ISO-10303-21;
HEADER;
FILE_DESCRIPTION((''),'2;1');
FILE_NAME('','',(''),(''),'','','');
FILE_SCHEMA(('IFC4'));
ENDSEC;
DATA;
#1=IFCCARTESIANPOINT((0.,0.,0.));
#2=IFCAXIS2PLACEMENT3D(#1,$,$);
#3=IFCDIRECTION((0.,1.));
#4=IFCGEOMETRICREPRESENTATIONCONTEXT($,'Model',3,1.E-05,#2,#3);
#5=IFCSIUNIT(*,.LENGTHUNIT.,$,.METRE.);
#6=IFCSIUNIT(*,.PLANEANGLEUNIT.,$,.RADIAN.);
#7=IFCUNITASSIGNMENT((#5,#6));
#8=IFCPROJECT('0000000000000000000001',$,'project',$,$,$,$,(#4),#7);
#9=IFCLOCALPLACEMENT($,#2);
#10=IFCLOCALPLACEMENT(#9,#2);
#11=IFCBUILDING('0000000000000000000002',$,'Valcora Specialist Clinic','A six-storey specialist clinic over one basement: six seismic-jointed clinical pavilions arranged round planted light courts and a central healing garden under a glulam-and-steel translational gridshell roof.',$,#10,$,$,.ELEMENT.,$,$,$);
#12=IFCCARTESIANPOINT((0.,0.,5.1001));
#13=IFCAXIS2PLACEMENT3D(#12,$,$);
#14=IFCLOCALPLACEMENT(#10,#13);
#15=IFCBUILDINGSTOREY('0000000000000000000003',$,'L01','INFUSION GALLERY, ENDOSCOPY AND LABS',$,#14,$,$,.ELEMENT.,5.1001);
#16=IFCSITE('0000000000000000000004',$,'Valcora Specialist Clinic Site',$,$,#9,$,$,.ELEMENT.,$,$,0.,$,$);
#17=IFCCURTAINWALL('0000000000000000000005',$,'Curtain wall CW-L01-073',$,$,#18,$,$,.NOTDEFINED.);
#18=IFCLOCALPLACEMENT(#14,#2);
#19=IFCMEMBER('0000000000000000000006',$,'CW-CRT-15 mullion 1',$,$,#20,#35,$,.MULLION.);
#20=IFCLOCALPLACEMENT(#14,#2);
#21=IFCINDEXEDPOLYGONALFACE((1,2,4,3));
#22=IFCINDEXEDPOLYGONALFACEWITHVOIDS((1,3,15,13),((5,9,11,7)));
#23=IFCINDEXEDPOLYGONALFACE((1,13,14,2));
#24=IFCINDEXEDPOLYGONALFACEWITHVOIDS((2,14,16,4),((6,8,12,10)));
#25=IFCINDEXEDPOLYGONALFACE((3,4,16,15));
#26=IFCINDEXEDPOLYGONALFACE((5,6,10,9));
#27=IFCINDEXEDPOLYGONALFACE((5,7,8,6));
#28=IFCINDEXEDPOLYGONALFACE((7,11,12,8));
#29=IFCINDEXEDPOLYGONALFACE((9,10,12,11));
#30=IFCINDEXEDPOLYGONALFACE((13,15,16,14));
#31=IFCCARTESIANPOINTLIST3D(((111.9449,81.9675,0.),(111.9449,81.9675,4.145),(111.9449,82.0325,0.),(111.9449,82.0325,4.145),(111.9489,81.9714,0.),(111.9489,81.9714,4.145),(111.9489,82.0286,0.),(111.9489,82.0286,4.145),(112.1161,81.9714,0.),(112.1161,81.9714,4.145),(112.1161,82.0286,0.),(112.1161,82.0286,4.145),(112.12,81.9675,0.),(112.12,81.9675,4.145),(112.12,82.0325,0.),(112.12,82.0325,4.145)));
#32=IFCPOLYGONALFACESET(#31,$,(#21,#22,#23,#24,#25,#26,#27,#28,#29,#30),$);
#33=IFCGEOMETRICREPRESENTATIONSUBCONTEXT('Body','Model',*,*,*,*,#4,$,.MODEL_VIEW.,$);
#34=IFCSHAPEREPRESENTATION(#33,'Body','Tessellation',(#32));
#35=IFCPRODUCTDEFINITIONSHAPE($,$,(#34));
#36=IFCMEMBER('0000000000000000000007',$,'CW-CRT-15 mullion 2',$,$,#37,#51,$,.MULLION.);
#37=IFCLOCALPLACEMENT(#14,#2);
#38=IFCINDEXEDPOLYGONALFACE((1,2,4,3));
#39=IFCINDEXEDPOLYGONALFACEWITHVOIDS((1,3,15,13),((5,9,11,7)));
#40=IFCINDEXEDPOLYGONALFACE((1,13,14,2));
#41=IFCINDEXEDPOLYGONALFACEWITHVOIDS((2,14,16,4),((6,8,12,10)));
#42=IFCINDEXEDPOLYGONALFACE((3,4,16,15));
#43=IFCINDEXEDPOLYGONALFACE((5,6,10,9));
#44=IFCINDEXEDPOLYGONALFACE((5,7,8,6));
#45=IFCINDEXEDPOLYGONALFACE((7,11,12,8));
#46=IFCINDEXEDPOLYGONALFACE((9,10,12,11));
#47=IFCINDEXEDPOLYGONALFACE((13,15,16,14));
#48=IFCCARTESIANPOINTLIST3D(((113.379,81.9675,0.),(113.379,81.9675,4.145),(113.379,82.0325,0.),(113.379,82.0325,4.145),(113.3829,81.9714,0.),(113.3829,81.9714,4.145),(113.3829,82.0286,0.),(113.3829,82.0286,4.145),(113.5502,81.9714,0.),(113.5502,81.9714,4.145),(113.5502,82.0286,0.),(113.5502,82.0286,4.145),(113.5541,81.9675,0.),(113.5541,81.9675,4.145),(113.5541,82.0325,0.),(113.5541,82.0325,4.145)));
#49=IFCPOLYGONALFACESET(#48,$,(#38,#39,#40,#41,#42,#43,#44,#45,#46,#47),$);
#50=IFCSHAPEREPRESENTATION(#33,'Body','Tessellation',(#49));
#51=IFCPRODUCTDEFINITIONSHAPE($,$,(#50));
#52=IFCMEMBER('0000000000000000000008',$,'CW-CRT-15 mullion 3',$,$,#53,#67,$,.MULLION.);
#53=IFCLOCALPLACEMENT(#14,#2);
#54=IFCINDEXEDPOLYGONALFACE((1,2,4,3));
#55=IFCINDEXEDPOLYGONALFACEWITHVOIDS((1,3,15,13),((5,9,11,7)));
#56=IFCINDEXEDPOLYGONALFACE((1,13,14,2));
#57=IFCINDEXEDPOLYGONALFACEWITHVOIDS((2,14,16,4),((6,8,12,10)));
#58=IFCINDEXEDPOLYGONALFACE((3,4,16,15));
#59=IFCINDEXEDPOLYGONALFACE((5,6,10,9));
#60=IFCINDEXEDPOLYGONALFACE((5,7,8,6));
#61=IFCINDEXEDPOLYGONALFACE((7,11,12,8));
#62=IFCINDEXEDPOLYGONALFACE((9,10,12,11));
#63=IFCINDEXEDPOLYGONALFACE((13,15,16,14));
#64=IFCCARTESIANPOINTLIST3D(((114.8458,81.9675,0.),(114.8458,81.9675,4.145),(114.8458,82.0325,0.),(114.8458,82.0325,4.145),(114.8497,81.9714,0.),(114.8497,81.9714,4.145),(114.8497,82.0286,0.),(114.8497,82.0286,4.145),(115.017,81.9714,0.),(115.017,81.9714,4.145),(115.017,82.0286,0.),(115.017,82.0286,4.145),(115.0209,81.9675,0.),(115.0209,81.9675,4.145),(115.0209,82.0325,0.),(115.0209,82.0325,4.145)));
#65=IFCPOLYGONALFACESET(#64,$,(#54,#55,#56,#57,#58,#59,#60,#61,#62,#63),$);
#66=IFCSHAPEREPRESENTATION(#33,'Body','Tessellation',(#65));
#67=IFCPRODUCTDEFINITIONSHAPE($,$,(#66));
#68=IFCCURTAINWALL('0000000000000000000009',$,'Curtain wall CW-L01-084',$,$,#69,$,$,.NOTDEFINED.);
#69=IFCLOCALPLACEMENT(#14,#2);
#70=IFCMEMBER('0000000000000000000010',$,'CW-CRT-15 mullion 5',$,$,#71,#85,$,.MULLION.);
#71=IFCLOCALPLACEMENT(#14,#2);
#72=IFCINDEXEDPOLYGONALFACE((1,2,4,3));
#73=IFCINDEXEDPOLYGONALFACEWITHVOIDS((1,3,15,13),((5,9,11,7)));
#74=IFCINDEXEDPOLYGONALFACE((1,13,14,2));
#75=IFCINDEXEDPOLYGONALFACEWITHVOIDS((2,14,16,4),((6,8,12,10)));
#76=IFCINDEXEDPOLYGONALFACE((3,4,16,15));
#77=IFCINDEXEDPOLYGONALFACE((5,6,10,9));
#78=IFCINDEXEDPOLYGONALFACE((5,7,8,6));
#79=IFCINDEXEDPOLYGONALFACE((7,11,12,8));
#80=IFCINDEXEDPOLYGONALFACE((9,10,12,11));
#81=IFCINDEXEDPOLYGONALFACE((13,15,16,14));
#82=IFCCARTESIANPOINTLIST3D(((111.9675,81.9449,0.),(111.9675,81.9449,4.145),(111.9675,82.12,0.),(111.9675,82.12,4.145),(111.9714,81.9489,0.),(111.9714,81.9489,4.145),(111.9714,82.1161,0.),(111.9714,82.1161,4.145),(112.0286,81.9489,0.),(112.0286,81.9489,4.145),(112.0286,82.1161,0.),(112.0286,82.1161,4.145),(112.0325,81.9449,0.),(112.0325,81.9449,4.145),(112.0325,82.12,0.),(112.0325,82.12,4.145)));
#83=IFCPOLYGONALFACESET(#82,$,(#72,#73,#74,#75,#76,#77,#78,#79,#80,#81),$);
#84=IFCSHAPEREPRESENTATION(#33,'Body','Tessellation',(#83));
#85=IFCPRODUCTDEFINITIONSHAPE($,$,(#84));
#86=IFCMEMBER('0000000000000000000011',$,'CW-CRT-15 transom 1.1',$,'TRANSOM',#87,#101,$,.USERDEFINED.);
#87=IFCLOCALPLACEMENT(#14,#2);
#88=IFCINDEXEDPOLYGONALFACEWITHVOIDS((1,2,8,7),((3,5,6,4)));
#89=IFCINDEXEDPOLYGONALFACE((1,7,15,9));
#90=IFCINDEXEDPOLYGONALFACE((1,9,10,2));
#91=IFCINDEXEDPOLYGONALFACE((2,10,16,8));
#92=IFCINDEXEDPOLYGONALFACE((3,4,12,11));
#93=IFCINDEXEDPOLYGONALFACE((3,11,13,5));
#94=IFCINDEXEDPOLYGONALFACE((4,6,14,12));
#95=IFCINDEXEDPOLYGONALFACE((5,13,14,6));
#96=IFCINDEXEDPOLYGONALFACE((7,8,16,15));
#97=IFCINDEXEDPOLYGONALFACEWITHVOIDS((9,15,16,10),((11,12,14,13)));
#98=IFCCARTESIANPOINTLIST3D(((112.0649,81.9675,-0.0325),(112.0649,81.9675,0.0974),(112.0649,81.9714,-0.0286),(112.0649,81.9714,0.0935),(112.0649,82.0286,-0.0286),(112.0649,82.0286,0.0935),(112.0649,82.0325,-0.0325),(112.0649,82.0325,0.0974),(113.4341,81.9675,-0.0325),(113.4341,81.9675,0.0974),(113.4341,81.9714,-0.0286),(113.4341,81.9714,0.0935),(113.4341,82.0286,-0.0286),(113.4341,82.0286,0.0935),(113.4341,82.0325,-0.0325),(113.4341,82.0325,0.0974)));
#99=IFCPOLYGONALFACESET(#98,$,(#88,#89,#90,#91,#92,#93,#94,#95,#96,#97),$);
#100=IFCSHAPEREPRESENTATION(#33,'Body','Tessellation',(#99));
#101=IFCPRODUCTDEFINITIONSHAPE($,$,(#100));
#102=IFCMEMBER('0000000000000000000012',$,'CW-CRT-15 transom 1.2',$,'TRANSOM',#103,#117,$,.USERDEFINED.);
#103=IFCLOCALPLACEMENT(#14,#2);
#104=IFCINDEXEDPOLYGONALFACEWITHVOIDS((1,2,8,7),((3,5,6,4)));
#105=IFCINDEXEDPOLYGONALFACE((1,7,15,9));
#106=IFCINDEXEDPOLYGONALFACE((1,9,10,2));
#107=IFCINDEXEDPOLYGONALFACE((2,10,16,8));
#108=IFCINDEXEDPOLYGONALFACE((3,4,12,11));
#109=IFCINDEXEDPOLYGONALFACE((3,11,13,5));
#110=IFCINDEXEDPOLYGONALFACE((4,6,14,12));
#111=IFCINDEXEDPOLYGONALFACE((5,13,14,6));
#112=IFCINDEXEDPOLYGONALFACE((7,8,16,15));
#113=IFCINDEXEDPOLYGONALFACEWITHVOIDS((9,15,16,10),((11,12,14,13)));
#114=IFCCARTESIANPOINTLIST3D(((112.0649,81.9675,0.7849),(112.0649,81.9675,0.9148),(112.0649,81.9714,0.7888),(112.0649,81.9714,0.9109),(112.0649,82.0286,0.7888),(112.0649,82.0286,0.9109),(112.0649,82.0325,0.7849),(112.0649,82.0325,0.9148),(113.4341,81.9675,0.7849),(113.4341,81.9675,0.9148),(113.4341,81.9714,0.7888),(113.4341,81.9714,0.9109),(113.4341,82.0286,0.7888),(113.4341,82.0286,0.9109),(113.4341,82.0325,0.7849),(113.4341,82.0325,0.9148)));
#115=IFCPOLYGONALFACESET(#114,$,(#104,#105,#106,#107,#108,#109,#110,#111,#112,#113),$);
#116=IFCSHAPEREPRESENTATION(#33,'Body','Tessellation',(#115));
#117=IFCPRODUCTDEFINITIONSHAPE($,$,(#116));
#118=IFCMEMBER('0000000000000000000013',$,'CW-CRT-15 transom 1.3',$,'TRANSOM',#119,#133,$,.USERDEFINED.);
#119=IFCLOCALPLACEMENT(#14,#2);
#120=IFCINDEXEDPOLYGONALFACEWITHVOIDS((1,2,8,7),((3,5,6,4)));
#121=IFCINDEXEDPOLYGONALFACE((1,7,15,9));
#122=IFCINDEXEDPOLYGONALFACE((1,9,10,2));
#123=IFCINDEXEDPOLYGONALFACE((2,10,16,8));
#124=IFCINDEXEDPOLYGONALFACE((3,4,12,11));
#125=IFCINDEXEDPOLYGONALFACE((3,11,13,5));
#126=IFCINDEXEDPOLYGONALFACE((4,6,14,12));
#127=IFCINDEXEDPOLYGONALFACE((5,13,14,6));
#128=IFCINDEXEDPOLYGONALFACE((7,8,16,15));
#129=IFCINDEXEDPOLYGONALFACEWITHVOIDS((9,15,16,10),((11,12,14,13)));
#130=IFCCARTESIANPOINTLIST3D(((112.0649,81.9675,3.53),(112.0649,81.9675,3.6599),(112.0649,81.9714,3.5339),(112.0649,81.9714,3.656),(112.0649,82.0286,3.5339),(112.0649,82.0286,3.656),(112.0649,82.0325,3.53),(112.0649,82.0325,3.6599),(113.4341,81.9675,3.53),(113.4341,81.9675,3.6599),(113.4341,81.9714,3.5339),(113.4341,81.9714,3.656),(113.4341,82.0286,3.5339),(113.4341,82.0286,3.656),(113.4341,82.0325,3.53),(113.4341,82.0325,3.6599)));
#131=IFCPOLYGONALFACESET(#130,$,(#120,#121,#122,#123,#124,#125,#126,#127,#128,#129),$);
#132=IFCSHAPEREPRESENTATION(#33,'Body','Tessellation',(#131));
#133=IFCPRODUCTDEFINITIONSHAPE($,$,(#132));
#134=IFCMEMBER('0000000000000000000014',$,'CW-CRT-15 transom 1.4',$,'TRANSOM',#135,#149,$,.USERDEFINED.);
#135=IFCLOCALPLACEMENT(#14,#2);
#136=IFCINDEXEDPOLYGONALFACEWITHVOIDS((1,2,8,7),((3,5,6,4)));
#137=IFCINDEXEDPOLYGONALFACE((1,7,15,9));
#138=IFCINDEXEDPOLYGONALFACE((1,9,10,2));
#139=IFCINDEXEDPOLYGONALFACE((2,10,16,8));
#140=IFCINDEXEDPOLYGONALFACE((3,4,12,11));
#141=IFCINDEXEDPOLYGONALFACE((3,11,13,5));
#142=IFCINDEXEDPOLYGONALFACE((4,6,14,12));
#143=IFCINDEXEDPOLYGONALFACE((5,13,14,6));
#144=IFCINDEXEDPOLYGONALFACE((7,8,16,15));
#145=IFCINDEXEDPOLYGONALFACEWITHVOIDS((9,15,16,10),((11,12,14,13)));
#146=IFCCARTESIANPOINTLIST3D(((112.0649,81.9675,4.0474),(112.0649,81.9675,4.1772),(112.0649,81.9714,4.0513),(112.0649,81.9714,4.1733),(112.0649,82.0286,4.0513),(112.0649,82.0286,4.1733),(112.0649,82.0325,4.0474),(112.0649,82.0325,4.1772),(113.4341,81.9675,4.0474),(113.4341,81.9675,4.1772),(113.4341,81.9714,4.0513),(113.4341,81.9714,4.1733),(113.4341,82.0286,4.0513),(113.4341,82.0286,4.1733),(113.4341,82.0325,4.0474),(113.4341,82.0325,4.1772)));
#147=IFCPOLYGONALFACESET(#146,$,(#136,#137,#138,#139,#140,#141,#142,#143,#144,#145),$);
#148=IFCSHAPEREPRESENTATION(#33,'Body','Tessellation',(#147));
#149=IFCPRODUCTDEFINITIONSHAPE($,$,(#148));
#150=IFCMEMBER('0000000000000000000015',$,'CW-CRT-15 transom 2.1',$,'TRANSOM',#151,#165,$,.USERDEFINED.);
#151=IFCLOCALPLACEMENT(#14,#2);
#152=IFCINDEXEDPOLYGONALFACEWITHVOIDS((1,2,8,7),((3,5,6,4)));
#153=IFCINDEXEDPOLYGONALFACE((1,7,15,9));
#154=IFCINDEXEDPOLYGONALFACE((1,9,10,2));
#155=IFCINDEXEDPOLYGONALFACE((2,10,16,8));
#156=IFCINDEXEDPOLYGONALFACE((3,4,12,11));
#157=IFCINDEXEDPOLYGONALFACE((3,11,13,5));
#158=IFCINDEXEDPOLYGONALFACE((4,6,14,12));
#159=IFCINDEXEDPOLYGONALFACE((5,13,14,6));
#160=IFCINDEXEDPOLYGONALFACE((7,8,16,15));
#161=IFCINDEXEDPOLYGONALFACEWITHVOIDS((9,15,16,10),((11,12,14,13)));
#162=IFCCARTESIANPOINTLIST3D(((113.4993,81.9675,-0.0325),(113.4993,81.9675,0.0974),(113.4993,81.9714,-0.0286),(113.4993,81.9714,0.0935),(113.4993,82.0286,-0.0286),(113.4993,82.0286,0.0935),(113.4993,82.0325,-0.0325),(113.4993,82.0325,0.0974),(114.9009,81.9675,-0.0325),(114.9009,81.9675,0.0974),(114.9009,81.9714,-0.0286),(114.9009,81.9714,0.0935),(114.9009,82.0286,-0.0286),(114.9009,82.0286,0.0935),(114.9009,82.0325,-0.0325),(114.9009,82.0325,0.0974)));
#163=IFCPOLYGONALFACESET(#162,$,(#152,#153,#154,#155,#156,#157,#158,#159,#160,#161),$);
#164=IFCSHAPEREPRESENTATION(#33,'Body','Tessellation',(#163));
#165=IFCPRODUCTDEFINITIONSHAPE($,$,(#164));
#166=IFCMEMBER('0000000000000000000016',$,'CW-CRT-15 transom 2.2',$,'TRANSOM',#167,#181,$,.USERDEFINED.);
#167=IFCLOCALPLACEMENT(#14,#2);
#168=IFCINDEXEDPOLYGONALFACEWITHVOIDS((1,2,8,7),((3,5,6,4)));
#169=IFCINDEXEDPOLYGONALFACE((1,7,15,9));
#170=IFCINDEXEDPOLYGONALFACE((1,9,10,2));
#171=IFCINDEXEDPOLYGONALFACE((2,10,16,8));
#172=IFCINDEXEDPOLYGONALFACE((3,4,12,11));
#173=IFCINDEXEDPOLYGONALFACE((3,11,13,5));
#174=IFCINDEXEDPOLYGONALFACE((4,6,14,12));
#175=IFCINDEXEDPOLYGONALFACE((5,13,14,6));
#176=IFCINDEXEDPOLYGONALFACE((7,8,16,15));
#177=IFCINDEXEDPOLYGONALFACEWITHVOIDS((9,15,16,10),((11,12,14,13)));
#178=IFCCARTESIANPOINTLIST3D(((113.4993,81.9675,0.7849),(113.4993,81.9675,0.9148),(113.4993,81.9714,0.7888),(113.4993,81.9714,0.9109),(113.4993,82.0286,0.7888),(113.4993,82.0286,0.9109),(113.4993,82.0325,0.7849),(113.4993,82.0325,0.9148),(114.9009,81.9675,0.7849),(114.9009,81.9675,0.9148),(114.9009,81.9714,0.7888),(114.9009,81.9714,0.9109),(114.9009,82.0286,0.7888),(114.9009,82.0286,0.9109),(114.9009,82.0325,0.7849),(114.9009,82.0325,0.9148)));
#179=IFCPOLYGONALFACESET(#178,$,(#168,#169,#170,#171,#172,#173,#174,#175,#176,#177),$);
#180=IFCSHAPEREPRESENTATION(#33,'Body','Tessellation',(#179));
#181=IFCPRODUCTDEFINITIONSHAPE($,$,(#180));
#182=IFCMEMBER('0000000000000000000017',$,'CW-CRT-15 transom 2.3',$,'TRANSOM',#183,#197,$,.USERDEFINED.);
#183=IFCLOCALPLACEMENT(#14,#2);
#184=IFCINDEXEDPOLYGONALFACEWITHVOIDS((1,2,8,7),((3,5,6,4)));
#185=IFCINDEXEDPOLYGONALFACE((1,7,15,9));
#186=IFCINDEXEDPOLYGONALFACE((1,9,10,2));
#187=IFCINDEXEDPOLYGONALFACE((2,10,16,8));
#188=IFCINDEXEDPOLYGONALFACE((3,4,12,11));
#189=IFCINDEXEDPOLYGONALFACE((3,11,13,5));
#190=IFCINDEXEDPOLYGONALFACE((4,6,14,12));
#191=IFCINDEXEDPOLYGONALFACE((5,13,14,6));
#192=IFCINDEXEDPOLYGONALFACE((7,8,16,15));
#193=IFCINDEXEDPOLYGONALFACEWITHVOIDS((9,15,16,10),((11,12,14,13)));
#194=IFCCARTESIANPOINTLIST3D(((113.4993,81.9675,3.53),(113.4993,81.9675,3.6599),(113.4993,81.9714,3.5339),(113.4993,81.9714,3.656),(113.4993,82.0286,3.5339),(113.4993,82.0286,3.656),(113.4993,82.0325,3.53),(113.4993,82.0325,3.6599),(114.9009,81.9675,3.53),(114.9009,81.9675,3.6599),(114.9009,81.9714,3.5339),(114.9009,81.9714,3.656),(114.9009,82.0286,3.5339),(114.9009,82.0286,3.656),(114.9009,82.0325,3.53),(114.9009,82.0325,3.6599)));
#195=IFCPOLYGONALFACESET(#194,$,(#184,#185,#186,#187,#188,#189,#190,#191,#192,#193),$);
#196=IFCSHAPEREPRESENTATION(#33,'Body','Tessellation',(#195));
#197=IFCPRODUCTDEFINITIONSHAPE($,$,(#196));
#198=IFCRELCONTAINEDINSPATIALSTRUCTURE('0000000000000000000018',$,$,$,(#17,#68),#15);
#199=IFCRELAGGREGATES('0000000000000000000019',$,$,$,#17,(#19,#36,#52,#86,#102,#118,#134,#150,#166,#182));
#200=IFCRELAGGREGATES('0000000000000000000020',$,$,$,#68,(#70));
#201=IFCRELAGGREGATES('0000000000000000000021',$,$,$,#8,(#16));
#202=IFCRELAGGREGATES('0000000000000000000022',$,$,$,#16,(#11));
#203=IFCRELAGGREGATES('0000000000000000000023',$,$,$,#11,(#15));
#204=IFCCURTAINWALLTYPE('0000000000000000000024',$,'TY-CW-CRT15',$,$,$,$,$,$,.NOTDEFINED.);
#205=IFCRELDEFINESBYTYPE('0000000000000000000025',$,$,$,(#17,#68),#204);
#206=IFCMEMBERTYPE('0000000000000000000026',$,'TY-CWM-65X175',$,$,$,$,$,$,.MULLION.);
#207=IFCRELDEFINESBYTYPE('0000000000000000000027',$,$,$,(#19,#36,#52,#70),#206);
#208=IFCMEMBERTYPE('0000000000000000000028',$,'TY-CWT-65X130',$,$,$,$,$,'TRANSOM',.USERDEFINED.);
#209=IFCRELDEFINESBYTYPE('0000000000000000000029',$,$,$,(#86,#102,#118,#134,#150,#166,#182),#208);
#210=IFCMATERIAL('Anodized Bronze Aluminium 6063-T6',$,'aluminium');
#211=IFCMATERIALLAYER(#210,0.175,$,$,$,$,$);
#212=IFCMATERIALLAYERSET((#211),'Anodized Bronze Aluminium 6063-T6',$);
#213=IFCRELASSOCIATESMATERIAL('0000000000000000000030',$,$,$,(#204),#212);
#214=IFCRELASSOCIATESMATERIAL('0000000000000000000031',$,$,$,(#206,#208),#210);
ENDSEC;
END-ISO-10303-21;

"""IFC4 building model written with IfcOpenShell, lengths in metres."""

from ifc_helpers import new_model, si_unit, direction, frame, origin, origin_2d, place, context, subcontext, project, spatial, hollow_rectangle, extrude, material, layer, layer_set, material_profile, profile_set, type_object, element, aggregate, save


model = new_model("IFC4")

# Units and contexts
model_context = context("Model", 3, precision=1e-05, world=origin(), true_north=direction((0.0, 1.0)))
body_context = subcontext(model_context, "Body", "Model", "MODEL_VIEW")
ifc_project = project(units=[si_unit("LENGTHUNIT", "METRE"), si_unit("PLANEANGLEUNIT", "RADIAN")], contexts=[model_context])

# Site, building, storey
site_placement = place(None, origin())
site = spatial("IfcSite", under=ifc_project, at=site_placement, Name="Valcora Specialist Clinic Site", CompositionType="ELEMENT", RefElevation=0.0)
building_placement = place(site_placement, origin())
building = spatial("IfcBuilding", under=site, at=building_placement, Name="Valcora Specialist Clinic", Description="A six-storey specialist clinic over one basement: six seismic-jointed clinical pavilions arranged round planted light courts and a central healing garden under a glulam-and-steel translational gridshell roof.", CompositionType="ELEMENT")
storey_placement = place(building_placement, frame((0.0, 0.0, 5.1001)))
storey = spatial("IfcBuildingStorey", under=building, at=storey_placement, Name="L01", Description="INFUSION GALLERY, ENDOSCOPY AND LABS", CompositionType="ELEMENT", Elevation=5.1001)

# Curtain wall, members
ifc_material_1 = material(Name="Anodized Bronze Aluminium 6063-T6", Category="aluminium")
ifc_layer_1 = layer(ifc_material_1, 0.175)
ifc_layer_set_1 = layer_set([ifc_layer_1], Name="Anodized Bronze Aluminium 6063-T6")
curtain_wall_type = type_object("IfcCurtainWallType", Name="TY-CW-CRT15", PredefinedType="NOTDEFINED", material=ifc_layer_set_1)
curtain_wall_1_placement = place(storey_placement, origin())
curtain_wall_1 = element("IfcCurtainWall", 1, at=curtain_wall_1_placement, inside=storey, type_object=curtain_wall_type, Name="Curtain wall CW-L01-073", PredefinedType="NOTDEFINED")
ifc_material_profile_1 = material_profile(ifc_material_1, hollow_rectangle(XDim=0.0649, YDim=0.175, WallThickness=0.0039, at=origin_2d()), Name="AL-MUL-65X175")
ifc_profile_set_1 = profile_set([ifc_material_profile_1], Name="Anodized Bronze Aluminium 6063-T6")
member_type_1 = type_object("IfcMemberType", Name="TY-CWM-65X175", PredefinedType="MULLION", material=ifc_profile_set_1)
member_1_placement = place(storey_placement, frame((112.0325, 82.0, 0.0), z_axis=(0.0, 0.0, 1.0), x_axis=(0.0, 1.0, 0.0)))
member_1 = element("IfcMember", 2, at=member_1_placement, type_object=member_type_1, Name="CW-CRT-15 mullion 1", PredefinedType="MULLION", context=body_context, shape_type="SweptSolid", body=[
    extrude(hollow_rectangle(XDim=0.0649, YDim=0.175, WallThickness=0.0039, at=origin_2d()), origin(), (0.0, 0.0, 1.0), 4.145),
])
member_2_placement = place(storey_placement, frame((113.4666, 82.0, 0.0), z_axis=(0.0, 0.0, 1.0), x_axis=(0.0, 1.0, 0.0)))
member_2 = element("IfcMember", 3, at=member_2_placement, type_object=member_type_1, Name="CW-CRT-15 mullion 2", PredefinedType="MULLION", context=body_context, shape_type="SweptSolid", body=[
    extrude(hollow_rectangle(XDim=0.0649, YDim=0.175, WallThickness=0.0039, at=origin_2d()), origin(), (0.0, 0.0, 1.0), 4.145),
])
member_3_placement = place(storey_placement, frame((114.9333, 82.0, 0.0), z_axis=(0.0, 0.0, 1.0), x_axis=(0.0, 1.0, 0.0)))
member_3 = element("IfcMember", 4, at=member_3_placement, type_object=member_type_1, Name="CW-CRT-15 mullion 3", PredefinedType="MULLION", context=body_context, shape_type="SweptSolid", body=[
    extrude(hollow_rectangle(XDim=0.0649, YDim=0.175, WallThickness=0.0039, at=origin_2d()), origin(), (0.0, 0.0, 1.0), 4.145),
])

# Curtain wall, member
curtain_wall_2_placement = place(storey_placement, origin())
curtain_wall_2 = element("IfcCurtainWall", 5, at=curtain_wall_2_placement, inside=storey, type_object=curtain_wall_type, Name="Curtain wall CW-L01-084", PredefinedType="NOTDEFINED")
member_4_placement = place(storey_placement, frame((112.0, 82.0325, 0.0), z_axis=(0.0, 0.0, 1.0), x_axis=(1.0, 0.0, 0.0)))
member_4 = element("IfcMember", 6, at=member_4_placement, type_object=member_type_1, Name="CW-CRT-15 mullion 5", PredefinedType="MULLION", context=body_context, shape_type="SweptSolid", body=[
    extrude(hollow_rectangle(XDim=0.0649, YDim=0.175, WallThickness=0.0039, at=origin_2d()), origin(), (0.0, 0.0, 1.0), 4.145),
])

# Members
ifc_material_profile_2 = material_profile(ifc_material_1, hollow_rectangle(XDim=0.0649, YDim=0.1299, WallThickness=0.0039, at=origin_2d()), Name="AL-TRN-65X130")
ifc_profile_set_2 = profile_set([ifc_material_profile_2], Name="Anodized Bronze Aluminium 6063-T6")
member_type_2 = type_object("IfcMemberType", Name="TY-CWT-65X130", ElementType="TRANSOM", PredefinedType="USERDEFINED", material=ifc_profile_set_2)
member_5_placement = place(storey_placement, frame((112.0649, 82.0, 0.0325), z_axis=(1.0, 0.0, 0.0), x_axis=(0.0, 1.0, 0.0)))
member_5 = element("IfcMember", 7, at=member_5_placement, type_object=member_type_2, Name="CW-CRT-15 transom 1.1", ObjectType="TRANSOM", PredefinedType="USERDEFINED", context=body_context, shape_type="SweptSolid", body=[
    extrude(hollow_rectangle(XDim=0.0649, YDim=0.1299, WallThickness=0.0039, at=origin_2d()), origin(), (0.0, 0.0, 1.0), 1.3691),
])
member_6_placement = place(storey_placement, frame((112.0649, 82.0, 0.8499), z_axis=(1.0, 0.0, 0.0), x_axis=(0.0, 1.0, 0.0)))
member_6 = element("IfcMember", 8, at=member_6_placement, type_object=member_type_2, Name="CW-CRT-15 transom 1.2", ObjectType="TRANSOM", PredefinedType="USERDEFINED", context=body_context, shape_type="SweptSolid", body=[
    extrude(hollow_rectangle(XDim=0.0649, YDim=0.1299, WallThickness=0.0039, at=origin_2d()), origin(), (0.0, 0.0, 1.0), 1.3691),
])
member_7_placement = place(storey_placement, frame((112.0649, 82.0, 3.595), z_axis=(1.0, 0.0, 0.0), x_axis=(0.0, 1.0, 0.0)))
member_7 = element("IfcMember", 9, at=member_7_placement, type_object=member_type_2, Name="CW-CRT-15 transom 1.3", ObjectType="TRANSOM", PredefinedType="USERDEFINED", context=body_context, shape_type="SweptSolid", body=[
    extrude(hollow_rectangle(XDim=0.0649, YDim=0.1299, WallThickness=0.0039, at=origin_2d()), origin(), (0.0, 0.0, 1.0), 1.3691),
])
member_8_placement = place(storey_placement, frame((112.0649, 82.0, 4.1123), z_axis=(1.0, 0.0, 0.0), x_axis=(0.0, 1.0, 0.0)))
member_8 = element("IfcMember", 10, at=member_8_placement, type_object=member_type_2, Name="CW-CRT-15 transom 1.4", ObjectType="TRANSOM", PredefinedType="USERDEFINED", context=body_context, shape_type="SweptSolid", body=[
    extrude(hollow_rectangle(XDim=0.0649, YDim=0.1299, WallThickness=0.0039, at=origin_2d()), origin(), (0.0, 0.0, 1.0), 1.3691),
])
member_9_placement = place(storey_placement, frame((113.4993, 82.0, 0.0325), z_axis=(1.0, 0.0, 0.0), x_axis=(0.0, 1.0, 0.0)))
member_9 = element("IfcMember", 11, at=member_9_placement, type_object=member_type_2, Name="CW-CRT-15 transom 2.1", ObjectType="TRANSOM", PredefinedType="USERDEFINED", context=body_context, shape_type="SweptSolid", body=[
    extrude(hollow_rectangle(XDim=0.0649, YDim=0.1299, WallThickness=0.0039, at=origin_2d()), origin(), (0.0, 0.0, 1.0), 1.4016),
])
member_10_placement = place(storey_placement, frame((113.4993, 82.0, 0.8499), z_axis=(1.0, 0.0, 0.0), x_axis=(0.0, 1.0, 0.0)))
member_10 = element("IfcMember", 12, at=member_10_placement, type_object=member_type_2, Name="CW-CRT-15 transom 2.2", ObjectType="TRANSOM", PredefinedType="USERDEFINED", context=body_context, shape_type="SweptSolid", body=[
    extrude(hollow_rectangle(XDim=0.0649, YDim=0.1299, WallThickness=0.0039, at=origin_2d()), origin(), (0.0, 0.0, 1.0), 1.4016),
])
member_11_placement = place(storey_placement, frame((113.4993, 82.0, 3.595), z_axis=(1.0, 0.0, 0.0), x_axis=(0.0, 1.0, 0.0)))
member_11 = element("IfcMember", 13, at=member_11_placement, type_object=member_type_2, Name="CW-CRT-15 transom 2.3", ObjectType="TRANSOM", PredefinedType="USERDEFINED", context=body_context, shape_type="SweptSolid", body=[
    extrude(hollow_rectangle(XDim=0.0649, YDim=0.1299, WallThickness=0.0039, at=origin_2d()), origin(), (0.0, 0.0, 1.0), 1.4016),
])

aggregate(curtain_wall_1, [member_1, member_2, member_3, member_5, member_6, member_7, member_8, member_9, member_10, member_11])
aggregate(curtain_wall_2, [member_4])

save(model, "model.ifc")
